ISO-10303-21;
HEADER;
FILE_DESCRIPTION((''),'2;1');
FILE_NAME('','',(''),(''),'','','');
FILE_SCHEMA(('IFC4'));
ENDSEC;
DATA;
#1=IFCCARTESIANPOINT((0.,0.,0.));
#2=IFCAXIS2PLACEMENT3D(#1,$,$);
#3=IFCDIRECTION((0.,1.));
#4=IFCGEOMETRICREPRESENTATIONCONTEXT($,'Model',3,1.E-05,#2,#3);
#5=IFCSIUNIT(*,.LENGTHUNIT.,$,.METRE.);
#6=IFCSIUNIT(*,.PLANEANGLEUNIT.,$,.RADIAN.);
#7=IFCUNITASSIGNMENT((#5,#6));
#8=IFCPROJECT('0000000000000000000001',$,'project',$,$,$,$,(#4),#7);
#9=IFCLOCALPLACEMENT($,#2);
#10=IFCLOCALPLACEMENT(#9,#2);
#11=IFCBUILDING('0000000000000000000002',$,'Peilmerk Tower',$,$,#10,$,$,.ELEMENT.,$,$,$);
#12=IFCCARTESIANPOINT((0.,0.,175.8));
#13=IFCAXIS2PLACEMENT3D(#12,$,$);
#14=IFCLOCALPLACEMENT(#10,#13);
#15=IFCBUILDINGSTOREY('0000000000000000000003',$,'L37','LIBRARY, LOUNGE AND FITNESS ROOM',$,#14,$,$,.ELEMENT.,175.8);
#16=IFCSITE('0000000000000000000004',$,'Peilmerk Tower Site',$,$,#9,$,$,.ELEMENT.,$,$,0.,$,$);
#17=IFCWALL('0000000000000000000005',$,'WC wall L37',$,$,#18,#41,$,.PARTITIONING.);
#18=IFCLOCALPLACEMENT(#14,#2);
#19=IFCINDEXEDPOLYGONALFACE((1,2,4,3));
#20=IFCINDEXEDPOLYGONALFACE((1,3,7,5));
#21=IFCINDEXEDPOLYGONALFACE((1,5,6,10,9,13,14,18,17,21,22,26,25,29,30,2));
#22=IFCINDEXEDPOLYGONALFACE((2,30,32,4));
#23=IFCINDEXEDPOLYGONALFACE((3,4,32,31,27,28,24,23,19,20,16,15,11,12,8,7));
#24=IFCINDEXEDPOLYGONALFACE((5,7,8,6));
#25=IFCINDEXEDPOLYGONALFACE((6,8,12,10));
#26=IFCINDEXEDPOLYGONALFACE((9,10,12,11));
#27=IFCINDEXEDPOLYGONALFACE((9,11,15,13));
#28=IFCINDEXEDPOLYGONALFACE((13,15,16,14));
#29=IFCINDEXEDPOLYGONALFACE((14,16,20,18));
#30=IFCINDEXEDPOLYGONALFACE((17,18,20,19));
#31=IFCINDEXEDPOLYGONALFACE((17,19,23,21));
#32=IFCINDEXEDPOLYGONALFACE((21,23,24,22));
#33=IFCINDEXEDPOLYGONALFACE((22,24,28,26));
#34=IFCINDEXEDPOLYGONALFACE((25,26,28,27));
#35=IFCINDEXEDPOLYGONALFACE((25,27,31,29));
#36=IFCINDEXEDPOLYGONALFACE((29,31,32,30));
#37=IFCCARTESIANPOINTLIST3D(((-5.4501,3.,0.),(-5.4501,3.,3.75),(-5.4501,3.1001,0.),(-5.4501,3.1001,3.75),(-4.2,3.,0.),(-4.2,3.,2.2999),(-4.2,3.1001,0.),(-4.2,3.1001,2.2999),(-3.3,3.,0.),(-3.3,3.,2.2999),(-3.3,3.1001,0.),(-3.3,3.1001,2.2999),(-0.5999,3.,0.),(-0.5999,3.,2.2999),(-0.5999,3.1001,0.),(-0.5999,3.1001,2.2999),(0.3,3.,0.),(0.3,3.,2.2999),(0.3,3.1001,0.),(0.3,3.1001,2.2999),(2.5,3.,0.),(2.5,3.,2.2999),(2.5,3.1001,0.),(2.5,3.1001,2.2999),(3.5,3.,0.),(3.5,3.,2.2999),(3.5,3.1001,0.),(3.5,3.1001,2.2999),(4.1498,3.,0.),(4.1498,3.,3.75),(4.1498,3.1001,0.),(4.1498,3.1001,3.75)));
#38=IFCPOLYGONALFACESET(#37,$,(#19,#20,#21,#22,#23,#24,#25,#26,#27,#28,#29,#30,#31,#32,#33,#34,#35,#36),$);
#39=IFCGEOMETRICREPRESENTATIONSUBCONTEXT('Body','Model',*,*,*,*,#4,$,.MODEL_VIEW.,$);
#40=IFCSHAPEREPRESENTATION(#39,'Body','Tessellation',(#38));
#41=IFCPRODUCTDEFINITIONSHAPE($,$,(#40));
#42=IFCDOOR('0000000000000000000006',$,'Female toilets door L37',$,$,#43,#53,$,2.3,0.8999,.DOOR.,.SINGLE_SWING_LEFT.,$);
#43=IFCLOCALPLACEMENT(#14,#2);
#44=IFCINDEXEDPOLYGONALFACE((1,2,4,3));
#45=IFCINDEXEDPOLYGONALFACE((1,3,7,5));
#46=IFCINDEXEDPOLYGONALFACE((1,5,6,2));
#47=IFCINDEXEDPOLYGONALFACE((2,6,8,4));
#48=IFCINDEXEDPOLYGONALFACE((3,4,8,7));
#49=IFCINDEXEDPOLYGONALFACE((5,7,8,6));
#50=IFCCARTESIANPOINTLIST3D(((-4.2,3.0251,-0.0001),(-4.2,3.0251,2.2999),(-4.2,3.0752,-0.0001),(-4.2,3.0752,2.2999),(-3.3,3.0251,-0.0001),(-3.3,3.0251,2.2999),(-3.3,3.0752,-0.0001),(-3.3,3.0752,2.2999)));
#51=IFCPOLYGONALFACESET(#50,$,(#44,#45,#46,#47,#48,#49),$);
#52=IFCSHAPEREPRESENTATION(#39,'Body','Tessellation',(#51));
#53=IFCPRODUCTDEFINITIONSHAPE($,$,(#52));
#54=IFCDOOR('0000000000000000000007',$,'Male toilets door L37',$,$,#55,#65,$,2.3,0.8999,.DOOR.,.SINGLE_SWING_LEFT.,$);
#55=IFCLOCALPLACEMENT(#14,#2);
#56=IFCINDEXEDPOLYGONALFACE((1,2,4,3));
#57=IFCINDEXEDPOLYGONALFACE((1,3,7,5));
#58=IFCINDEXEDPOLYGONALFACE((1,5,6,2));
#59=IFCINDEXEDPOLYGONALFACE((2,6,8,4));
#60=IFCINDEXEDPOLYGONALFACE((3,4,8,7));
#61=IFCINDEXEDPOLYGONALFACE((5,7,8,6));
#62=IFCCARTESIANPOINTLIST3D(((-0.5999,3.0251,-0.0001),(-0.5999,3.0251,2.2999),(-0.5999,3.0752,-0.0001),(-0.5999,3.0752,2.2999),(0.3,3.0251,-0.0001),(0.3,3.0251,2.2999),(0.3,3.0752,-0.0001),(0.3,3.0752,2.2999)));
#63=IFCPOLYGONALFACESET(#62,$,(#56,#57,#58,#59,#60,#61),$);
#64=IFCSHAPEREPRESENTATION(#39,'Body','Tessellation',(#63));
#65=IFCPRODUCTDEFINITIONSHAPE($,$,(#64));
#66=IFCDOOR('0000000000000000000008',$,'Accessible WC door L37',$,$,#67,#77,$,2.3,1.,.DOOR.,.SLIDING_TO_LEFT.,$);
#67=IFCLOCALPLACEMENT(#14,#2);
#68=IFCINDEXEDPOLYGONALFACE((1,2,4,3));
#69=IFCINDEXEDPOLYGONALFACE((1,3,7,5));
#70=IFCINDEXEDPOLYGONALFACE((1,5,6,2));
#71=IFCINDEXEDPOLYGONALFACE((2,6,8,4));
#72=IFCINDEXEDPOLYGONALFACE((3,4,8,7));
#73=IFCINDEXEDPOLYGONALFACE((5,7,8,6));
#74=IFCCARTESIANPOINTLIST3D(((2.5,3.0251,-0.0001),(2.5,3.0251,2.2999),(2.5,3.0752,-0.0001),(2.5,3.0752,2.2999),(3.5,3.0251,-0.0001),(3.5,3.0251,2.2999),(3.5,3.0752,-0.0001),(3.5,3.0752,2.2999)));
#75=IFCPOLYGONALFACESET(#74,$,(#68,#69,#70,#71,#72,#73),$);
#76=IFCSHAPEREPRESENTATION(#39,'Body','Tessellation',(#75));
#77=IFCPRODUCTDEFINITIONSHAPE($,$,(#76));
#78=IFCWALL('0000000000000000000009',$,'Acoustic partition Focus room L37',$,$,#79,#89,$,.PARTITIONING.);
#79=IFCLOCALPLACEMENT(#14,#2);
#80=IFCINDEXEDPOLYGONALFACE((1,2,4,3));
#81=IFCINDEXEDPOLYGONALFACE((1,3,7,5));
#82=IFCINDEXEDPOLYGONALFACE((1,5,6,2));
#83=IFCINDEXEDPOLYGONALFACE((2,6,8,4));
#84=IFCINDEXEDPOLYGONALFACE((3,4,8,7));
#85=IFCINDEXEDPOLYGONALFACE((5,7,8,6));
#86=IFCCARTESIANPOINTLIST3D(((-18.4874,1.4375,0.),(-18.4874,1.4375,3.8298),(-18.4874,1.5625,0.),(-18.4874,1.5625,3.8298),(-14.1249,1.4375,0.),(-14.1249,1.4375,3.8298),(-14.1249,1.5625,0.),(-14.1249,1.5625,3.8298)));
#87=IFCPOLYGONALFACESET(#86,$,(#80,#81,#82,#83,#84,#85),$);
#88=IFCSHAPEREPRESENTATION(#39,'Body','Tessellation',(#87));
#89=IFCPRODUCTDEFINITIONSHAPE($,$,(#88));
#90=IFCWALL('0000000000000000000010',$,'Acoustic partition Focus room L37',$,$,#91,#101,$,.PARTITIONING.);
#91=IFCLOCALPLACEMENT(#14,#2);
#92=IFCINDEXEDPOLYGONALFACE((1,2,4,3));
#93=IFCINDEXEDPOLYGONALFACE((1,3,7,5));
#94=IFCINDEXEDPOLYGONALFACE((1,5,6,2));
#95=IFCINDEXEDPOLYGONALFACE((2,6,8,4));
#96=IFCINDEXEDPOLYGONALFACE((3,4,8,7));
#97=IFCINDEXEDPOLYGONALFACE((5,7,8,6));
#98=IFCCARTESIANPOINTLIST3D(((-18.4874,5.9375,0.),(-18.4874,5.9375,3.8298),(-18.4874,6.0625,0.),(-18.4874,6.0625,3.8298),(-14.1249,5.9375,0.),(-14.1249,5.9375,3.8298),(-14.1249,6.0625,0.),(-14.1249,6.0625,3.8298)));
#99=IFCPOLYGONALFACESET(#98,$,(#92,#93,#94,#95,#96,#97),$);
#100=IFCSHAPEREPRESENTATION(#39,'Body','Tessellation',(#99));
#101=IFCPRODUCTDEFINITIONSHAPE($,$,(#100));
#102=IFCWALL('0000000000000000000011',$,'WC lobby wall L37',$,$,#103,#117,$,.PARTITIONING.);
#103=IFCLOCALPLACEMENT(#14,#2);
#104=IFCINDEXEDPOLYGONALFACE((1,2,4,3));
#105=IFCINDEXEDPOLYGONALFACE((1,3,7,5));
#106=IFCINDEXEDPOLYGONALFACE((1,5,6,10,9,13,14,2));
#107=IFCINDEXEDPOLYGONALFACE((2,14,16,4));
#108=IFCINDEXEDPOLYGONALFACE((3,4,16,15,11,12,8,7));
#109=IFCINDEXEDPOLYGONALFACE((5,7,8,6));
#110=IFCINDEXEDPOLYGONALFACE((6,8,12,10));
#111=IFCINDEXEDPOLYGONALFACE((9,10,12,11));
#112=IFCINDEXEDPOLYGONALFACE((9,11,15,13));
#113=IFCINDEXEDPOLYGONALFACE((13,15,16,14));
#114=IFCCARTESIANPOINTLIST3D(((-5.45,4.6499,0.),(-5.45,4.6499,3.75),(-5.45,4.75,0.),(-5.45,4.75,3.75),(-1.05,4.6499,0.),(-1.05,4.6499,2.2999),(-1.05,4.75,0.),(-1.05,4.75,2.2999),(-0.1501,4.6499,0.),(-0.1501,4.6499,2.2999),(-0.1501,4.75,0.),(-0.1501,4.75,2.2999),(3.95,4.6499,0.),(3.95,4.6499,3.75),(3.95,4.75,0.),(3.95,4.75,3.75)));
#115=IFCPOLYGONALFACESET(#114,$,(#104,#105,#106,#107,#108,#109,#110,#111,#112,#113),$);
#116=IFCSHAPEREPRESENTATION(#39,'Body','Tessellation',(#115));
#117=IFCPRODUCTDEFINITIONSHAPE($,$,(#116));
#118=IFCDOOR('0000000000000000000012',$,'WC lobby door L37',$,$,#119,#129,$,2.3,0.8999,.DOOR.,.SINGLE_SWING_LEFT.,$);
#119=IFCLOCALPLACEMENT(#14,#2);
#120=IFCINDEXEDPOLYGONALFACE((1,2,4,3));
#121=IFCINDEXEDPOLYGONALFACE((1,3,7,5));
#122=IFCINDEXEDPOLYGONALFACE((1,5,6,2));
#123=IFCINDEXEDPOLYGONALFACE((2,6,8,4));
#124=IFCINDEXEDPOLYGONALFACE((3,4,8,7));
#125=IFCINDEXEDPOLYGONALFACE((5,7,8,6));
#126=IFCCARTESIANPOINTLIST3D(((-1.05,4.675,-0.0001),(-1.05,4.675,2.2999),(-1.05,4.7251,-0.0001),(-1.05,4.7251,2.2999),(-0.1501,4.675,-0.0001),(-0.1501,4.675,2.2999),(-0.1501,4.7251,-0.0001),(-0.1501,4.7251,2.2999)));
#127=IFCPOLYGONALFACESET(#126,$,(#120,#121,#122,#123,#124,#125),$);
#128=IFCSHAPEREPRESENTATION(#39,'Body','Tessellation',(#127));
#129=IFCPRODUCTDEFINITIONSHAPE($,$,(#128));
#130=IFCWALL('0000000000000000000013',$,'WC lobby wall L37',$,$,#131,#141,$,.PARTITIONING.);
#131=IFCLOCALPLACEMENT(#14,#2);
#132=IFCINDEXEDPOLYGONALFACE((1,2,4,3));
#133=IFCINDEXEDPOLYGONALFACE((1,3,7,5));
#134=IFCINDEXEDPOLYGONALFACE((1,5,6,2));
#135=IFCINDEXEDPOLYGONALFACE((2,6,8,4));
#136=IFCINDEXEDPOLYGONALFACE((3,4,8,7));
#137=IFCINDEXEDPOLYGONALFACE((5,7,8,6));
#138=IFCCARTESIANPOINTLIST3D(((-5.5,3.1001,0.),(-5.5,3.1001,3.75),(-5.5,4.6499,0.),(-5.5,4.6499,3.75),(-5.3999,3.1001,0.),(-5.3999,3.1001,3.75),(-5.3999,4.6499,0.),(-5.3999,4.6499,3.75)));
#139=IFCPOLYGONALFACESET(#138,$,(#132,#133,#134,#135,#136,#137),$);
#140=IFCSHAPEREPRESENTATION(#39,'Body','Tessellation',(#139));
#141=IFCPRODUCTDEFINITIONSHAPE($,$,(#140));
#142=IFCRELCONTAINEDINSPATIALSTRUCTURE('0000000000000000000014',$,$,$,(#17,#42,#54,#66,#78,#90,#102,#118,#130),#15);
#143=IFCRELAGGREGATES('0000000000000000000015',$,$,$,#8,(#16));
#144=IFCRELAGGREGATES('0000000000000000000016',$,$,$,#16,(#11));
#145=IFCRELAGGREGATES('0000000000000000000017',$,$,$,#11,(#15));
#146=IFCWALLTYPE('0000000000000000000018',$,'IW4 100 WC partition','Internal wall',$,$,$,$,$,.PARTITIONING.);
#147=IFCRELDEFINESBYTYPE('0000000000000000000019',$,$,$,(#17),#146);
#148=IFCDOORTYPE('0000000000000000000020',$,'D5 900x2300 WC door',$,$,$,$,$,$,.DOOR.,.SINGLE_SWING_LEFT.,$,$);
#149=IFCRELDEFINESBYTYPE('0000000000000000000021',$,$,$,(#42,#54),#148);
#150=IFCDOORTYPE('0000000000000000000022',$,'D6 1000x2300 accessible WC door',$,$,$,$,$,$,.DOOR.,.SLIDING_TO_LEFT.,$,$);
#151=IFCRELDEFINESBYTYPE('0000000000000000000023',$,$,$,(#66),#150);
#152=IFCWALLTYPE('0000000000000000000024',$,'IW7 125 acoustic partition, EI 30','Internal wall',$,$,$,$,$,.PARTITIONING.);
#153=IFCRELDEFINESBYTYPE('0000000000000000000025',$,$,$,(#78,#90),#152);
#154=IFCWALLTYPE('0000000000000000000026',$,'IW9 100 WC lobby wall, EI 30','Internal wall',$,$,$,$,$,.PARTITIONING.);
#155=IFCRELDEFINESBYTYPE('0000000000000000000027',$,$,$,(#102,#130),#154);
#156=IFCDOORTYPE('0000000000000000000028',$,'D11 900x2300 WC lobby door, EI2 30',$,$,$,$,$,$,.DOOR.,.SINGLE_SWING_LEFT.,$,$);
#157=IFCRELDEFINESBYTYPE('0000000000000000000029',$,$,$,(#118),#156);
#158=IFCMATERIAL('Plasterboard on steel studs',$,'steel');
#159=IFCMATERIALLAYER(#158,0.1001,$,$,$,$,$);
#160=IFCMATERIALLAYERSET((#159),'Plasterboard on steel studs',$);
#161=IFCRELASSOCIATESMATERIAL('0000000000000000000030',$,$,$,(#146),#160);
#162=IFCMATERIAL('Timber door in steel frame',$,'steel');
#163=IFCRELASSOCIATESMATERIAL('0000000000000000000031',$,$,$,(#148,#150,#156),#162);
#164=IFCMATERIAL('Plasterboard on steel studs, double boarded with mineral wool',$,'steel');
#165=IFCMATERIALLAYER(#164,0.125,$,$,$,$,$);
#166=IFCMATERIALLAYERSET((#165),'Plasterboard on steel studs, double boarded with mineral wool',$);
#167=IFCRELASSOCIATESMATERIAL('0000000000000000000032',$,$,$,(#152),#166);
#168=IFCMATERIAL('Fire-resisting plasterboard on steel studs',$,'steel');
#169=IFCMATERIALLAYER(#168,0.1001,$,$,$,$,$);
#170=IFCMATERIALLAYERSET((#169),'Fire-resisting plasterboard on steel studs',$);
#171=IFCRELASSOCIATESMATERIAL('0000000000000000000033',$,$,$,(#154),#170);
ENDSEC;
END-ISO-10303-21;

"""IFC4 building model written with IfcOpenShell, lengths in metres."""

from ifc_helpers import new_model, si_unit, direction, frame, frame_2d, origin, place, context, subcontext, project, spatial, rectangle, extrude, material, layer, layer_set, type_object, element, fill, save


model = new_model("IFC4")

# Units and contexts
model_context = context("Model", 3, precision=1e-05, world=origin(), true_north=direction((0.0, 1.0)))
body_context = subcontext(model_context, "Body", "Model", "MODEL_VIEW")
ifc_project = project(units=[si_unit("LENGTHUNIT", "METRE"), si_unit("PLANEANGLEUNIT", "RADIAN")], contexts=[model_context])

# Site, building, storey
site_placement = place(None, origin())
site = spatial("IfcSite", under=ifc_project, at=site_placement, Name="Peilmerk Tower Site", CompositionType="ELEMENT", RefElevation=0.0)
building_placement = place(site_placement, origin())
building = spatial("IfcBuilding", under=site, at=building_placement, Name="Peilmerk Tower", CompositionType="ELEMENT")
storey_placement = place(building_placement, frame((0.0, 0.0, 175.8)))
storey = spatial("IfcBuildingStorey", under=building, at=storey_placement, Name="L37", Description="LIBRARY, LOUNGE AND FITNESS ROOM", CompositionType="ELEMENT", Elevation=175.8)

# Wall, openings, doors
ifc_material_1 = material(Name="Plasterboard on steel studs", Category="steel")
ifc_layer_1 = layer(ifc_material_1, 0.1001)
ifc_layer_set_1 = layer_set([ifc_layer_1], Name="Plasterboard on steel studs")
wall_type_1 = type_object("IfcWallType", Name="IW4 100 WC partition", Description="Internal wall", PredefinedType="PARTITIONING", material=ifc_layer_set_1)
wall_1_placement = place(storey_placement, frame((-5.45, 3.05, 0.0), z_axis=(0.0, 0.0, 1.0), x_axis=(1.0, 0.0, 0.0)))
wall_1 = element("IfcWall", 1, at=wall_1_placement, inside=storey, type_object=wall_type_1, Name="WC wall L37", PredefinedType="PARTITIONING", context=body_context, shape_type="SweptSolid", body=[
    extrude(rectangle(XDim=9.5999, YDim=0.1001, at=frame_2d((4.7998, 0.0))), origin(), (0.0, 0.0, 1.0), 3.75),
])
opening_1_placement = place(wall_1_placement, frame((1.25, 0.0, 0.0)))
opening_1 = element("IfcOpeningElement", 2, at=opening_1_placement, cuts=wall_1, PredefinedType="OPENING", context=body_context, shape_type="SweptSolid", body=[
    extrude(rectangle(XDim=0.8999, YDim=2.3, at=frame_2d((0.45, 1.1499))), frame((0.0, 0.0601, 0.0), z_axis=(0.0, -1.0, 0.0), x_axis=(1.0, 0.0, 0.0)), (0.0, 0.0, 1.0), 0.1201),
])
opening_2_placement = place(wall_1_placement, frame((4.8501, 0.0, 0.0)))
opening_2 = element("IfcOpeningElement", 3, at=opening_2_placement, cuts=wall_1, PredefinedType="OPENING", context=body_context, shape_type="SweptSolid", body=[
    extrude(rectangle(XDim=0.8999, YDim=2.3, at=frame_2d((0.45, 1.1499))), frame((0.0, 0.0601, 0.0), z_axis=(0.0, -1.0, 0.0), x_axis=(1.0, 0.0, 0.0)), (0.0, 0.0, 1.0), 0.1201),
])
opening_3_placement = place(wall_1_placement, frame((7.95, 0.0, 0.0)))
opening_3 = element("IfcOpeningElement", 4, at=opening_3_placement, cuts=wall_1, PredefinedType="OPENING", context=body_context, shape_type="SweptSolid", body=[
    extrude(rectangle(XDim=1.0, YDim=2.3, at=frame_2d((0.5, 1.1499))), frame((0.0, 0.0601, 0.0), z_axis=(0.0, -1.0, 0.0), x_axis=(1.0, 0.0, 0.0)), (0.0, 0.0, 1.0), 0.1201),
])
ifc_material_2 = material(Name="Timber door in steel frame", Category="steel")
door_type_1 = type_object("IfcDoorType", Name="D5 900x2300 WC door", OperationType="SINGLE_SWING_LEFT", PredefinedType="DOOR", material=ifc_material_2)
door_1_placement = place(opening_1_placement, frame((0.8999, 0.0, 0.0), z_axis=(0.0, 0.0, 1.0), x_axis=(-1.0, 0.0, 0.0)))
door_1 = element("IfcDoor", 5, at=door_1_placement, inside=storey, type_object=door_type_1, Name="Female toilets door L37", OperationType="SINGLE_SWING_LEFT", OverallHeight=2.3, OverallWidth=0.8999, PredefinedType="DOOR", context=body_context, shape_type="SweptSolid", body=[
    extrude(rectangle(XDim=0.8999, YDim=2.3, at=frame_2d((0.45, 1.1499))), frame((0.0, 0.0249, 0.0), z_axis=(0.0, -1.0, 0.0), x_axis=(1.0, 0.0, 0.0)), (0.0, 0.0, 1.0), 0.05),
])
fill(opening_1, door_1)
door_2_placement = place(opening_2_placement, frame((0.8999, 0.0, 0.0), z_axis=(0.0, 0.0, 1.0), x_axis=(-1.0, 0.0, 0.0)))
door_2 = element("IfcDoor", 6, at=door_2_placement, inside=storey, type_object=door_type_1, Name="Male toilets door L37", OperationType="SINGLE_SWING_LEFT", OverallHeight=2.3, OverallWidth=0.8999, PredefinedType="DOOR", context=body_context, shape_type="SweptSolid", body=[
    extrude(rectangle(XDim=0.8999, YDim=2.3, at=frame_2d((0.45, 1.1499))), frame((0.0, 0.0249, 0.0), z_axis=(0.0, -1.0, 0.0), x_axis=(1.0, 0.0, 0.0)), (0.0, 0.0, 1.0), 0.05),
])
fill(opening_2, door_2)
door_type_2 = type_object("IfcDoorType", Name="D6 1000x2300 accessible WC door", OperationType="SLIDING_TO_LEFT", PredefinedType="DOOR", material=ifc_material_2)
door_3_placement = place(opening_3_placement, frame((1.0, 0.0, 0.0), z_axis=(0.0, 0.0, 1.0), x_axis=(-1.0, 0.0, 0.0)))
door_3 = element("IfcDoor", 7, at=door_3_placement, inside=storey, type_object=door_type_2, Name="Accessible WC door L37", OperationType="SLIDING_TO_LEFT", OverallHeight=2.3, OverallWidth=1.0, PredefinedType="DOOR", context=body_context, shape_type="SweptSolid", body=[
    extrude(rectangle(XDim=1.0, YDim=2.3, at=frame_2d((0.5, 1.1499))), frame((0.0, 0.0249, 0.0), z_axis=(0.0, -1.0, 0.0), x_axis=(1.0, 0.0, 0.0)), (0.0, 0.0, 1.0), 0.05),
])
fill(opening_3, door_3)

# Walls
ifc_material_3 = material(Name="Plasterboard on steel studs, double boarded with mineral wool", Category="steel")
ifc_layer_2 = layer(ifc_material_3, 0.125)
ifc_layer_set_2 = layer_set([ifc_layer_2], Name="Plasterboard on steel studs, double boarded with mineral wool")
wall_type_2 = type_object("IfcWallType", Name="IW7 125 acoustic partition, EI 30", Description="Internal wall", PredefinedType="PARTITIONING", material=ifc_layer_set_2)
for number, where, z_axis, x_axis, name in (
    (8, (-14.125, 1.5, 0.0), (0.0, 0.0, 1.0), (-1.0, 0.0, 0.0), "Acoustic partition Focus room L37"),
    (9, (-14.125, 6.0, 0.0), (0.0, 0.0, 1.0), (-1.0, 0.0, 0.0), "Acoustic partition Focus room L37"),
):
    element("IfcWall", number, at=place(storey_placement, frame(where, z_axis=z_axis, x_axis=x_axis)), inside=storey, type_object=wall_type_2, Name=name, PredefinedType="PARTITIONING", context=body_context, shape_type="SweptSolid", body=[
        extrude(rectangle(XDim=4.3625, YDim=0.125, at=frame_2d((2.1812, 0.0))), origin(), (0.0, 0.0, 1.0), 3.8298),
    ])

# Wall, opening, door
ifc_material_4 = material(Name="Fire-resisting plasterboard on steel studs", Category="steel")
ifc_layer_3 = layer(ifc_material_4, 0.1001)
ifc_layer_set_3 = layer_set([ifc_layer_3], Name="Fire-resisting plasterboard on steel studs")
wall_type_3 = type_object("IfcWallType", Name="IW9 100 WC lobby wall, EI 30", Description="Internal wall", PredefinedType="PARTITIONING", material=ifc_layer_set_3)
wall_2_placement = place(storey_placement, frame((-5.45, 4.7, 0.0), z_axis=(0.0, 0.0, 1.0), x_axis=(1.0, 0.0, 0.0)))
wall_2 = element("IfcWall", 10, at=wall_2_placement, inside=storey, type_object=wall_type_3, Name="WC lobby wall L37", PredefinedType="PARTITIONING", context=body_context, shape_type="SweptSolid", body=[
    extrude(rectangle(XDim=9.3999, YDim=0.1001, at=frame_2d((4.7, 0.0))), origin(), (0.0, 0.0, 1.0), 3.75),
])
opening_4_placement = place(wall_2_placement, frame((4.3999, 0.0, 0.0)))
opening_4 = element("IfcOpeningElement", 11, at=opening_4_placement, cuts=wall_2, PredefinedType="OPENING", context=body_context, shape_type="SweptSolid", body=[
    extrude(rectangle(XDim=0.8999, YDim=2.3, at=frame_2d((0.45, 1.1499))), frame((0.0, 0.0601, 0.0), z_axis=(0.0, -1.0, 0.0), x_axis=(1.0, 0.0, 0.0)), (0.0, 0.0, 1.0), 0.1201),
])
door_type_3 = type_object("IfcDoorType", Name="D11 900x2300 WC lobby door, EI2 30", OperationType="SINGLE_SWING_LEFT", PredefinedType="DOOR", material=ifc_material_2)
door_4_placement = place(opening_4_placement, frame((0.8999, 0.0, 0.0), z_axis=(0.0, 0.0, 1.0), x_axis=(-1.0, 0.0, 0.0)))
door_4 = element("IfcDoor", 12, at=door_4_placement, inside=storey, type_object=door_type_3, Name="WC lobby door L37", OperationType="SINGLE_SWING_LEFT", OverallHeight=2.3, OverallWidth=0.8999, PredefinedType="DOOR", context=body_context, shape_type="SweptSolid", body=[
    extrude(rectangle(XDim=0.8999, YDim=2.3, at=frame_2d((0.45, 1.1499))), frame((0.0, 0.0249, 0.0), z_axis=(0.0, -1.0, 0.0), x_axis=(1.0, 0.0, 0.0)), (0.0, 0.0, 1.0), 0.05),
])
fill(opening_4, door_4)

# Wall
wall_3_placement = place(storey_placement, frame((-5.45, 3.1001, 0.0), z_axis=(0.0, 0.0, 1.0), x_axis=(0.0, 1.0, 0.0)))
element("IfcWall", 13, at=wall_3_placement, inside=storey, type_object=wall_type_3, Name="WC lobby wall L37", PredefinedType="PARTITIONING", context=body_context, shape_type="SweptSolid", body=[
    extrude(rectangle(XDim=1.5498, YDim=0.1001, at=frame_2d((0.7749, 0.0))), origin(), (0.0, 0.0, 1.0), 3.75),
])

save(model, "model.ifc")
